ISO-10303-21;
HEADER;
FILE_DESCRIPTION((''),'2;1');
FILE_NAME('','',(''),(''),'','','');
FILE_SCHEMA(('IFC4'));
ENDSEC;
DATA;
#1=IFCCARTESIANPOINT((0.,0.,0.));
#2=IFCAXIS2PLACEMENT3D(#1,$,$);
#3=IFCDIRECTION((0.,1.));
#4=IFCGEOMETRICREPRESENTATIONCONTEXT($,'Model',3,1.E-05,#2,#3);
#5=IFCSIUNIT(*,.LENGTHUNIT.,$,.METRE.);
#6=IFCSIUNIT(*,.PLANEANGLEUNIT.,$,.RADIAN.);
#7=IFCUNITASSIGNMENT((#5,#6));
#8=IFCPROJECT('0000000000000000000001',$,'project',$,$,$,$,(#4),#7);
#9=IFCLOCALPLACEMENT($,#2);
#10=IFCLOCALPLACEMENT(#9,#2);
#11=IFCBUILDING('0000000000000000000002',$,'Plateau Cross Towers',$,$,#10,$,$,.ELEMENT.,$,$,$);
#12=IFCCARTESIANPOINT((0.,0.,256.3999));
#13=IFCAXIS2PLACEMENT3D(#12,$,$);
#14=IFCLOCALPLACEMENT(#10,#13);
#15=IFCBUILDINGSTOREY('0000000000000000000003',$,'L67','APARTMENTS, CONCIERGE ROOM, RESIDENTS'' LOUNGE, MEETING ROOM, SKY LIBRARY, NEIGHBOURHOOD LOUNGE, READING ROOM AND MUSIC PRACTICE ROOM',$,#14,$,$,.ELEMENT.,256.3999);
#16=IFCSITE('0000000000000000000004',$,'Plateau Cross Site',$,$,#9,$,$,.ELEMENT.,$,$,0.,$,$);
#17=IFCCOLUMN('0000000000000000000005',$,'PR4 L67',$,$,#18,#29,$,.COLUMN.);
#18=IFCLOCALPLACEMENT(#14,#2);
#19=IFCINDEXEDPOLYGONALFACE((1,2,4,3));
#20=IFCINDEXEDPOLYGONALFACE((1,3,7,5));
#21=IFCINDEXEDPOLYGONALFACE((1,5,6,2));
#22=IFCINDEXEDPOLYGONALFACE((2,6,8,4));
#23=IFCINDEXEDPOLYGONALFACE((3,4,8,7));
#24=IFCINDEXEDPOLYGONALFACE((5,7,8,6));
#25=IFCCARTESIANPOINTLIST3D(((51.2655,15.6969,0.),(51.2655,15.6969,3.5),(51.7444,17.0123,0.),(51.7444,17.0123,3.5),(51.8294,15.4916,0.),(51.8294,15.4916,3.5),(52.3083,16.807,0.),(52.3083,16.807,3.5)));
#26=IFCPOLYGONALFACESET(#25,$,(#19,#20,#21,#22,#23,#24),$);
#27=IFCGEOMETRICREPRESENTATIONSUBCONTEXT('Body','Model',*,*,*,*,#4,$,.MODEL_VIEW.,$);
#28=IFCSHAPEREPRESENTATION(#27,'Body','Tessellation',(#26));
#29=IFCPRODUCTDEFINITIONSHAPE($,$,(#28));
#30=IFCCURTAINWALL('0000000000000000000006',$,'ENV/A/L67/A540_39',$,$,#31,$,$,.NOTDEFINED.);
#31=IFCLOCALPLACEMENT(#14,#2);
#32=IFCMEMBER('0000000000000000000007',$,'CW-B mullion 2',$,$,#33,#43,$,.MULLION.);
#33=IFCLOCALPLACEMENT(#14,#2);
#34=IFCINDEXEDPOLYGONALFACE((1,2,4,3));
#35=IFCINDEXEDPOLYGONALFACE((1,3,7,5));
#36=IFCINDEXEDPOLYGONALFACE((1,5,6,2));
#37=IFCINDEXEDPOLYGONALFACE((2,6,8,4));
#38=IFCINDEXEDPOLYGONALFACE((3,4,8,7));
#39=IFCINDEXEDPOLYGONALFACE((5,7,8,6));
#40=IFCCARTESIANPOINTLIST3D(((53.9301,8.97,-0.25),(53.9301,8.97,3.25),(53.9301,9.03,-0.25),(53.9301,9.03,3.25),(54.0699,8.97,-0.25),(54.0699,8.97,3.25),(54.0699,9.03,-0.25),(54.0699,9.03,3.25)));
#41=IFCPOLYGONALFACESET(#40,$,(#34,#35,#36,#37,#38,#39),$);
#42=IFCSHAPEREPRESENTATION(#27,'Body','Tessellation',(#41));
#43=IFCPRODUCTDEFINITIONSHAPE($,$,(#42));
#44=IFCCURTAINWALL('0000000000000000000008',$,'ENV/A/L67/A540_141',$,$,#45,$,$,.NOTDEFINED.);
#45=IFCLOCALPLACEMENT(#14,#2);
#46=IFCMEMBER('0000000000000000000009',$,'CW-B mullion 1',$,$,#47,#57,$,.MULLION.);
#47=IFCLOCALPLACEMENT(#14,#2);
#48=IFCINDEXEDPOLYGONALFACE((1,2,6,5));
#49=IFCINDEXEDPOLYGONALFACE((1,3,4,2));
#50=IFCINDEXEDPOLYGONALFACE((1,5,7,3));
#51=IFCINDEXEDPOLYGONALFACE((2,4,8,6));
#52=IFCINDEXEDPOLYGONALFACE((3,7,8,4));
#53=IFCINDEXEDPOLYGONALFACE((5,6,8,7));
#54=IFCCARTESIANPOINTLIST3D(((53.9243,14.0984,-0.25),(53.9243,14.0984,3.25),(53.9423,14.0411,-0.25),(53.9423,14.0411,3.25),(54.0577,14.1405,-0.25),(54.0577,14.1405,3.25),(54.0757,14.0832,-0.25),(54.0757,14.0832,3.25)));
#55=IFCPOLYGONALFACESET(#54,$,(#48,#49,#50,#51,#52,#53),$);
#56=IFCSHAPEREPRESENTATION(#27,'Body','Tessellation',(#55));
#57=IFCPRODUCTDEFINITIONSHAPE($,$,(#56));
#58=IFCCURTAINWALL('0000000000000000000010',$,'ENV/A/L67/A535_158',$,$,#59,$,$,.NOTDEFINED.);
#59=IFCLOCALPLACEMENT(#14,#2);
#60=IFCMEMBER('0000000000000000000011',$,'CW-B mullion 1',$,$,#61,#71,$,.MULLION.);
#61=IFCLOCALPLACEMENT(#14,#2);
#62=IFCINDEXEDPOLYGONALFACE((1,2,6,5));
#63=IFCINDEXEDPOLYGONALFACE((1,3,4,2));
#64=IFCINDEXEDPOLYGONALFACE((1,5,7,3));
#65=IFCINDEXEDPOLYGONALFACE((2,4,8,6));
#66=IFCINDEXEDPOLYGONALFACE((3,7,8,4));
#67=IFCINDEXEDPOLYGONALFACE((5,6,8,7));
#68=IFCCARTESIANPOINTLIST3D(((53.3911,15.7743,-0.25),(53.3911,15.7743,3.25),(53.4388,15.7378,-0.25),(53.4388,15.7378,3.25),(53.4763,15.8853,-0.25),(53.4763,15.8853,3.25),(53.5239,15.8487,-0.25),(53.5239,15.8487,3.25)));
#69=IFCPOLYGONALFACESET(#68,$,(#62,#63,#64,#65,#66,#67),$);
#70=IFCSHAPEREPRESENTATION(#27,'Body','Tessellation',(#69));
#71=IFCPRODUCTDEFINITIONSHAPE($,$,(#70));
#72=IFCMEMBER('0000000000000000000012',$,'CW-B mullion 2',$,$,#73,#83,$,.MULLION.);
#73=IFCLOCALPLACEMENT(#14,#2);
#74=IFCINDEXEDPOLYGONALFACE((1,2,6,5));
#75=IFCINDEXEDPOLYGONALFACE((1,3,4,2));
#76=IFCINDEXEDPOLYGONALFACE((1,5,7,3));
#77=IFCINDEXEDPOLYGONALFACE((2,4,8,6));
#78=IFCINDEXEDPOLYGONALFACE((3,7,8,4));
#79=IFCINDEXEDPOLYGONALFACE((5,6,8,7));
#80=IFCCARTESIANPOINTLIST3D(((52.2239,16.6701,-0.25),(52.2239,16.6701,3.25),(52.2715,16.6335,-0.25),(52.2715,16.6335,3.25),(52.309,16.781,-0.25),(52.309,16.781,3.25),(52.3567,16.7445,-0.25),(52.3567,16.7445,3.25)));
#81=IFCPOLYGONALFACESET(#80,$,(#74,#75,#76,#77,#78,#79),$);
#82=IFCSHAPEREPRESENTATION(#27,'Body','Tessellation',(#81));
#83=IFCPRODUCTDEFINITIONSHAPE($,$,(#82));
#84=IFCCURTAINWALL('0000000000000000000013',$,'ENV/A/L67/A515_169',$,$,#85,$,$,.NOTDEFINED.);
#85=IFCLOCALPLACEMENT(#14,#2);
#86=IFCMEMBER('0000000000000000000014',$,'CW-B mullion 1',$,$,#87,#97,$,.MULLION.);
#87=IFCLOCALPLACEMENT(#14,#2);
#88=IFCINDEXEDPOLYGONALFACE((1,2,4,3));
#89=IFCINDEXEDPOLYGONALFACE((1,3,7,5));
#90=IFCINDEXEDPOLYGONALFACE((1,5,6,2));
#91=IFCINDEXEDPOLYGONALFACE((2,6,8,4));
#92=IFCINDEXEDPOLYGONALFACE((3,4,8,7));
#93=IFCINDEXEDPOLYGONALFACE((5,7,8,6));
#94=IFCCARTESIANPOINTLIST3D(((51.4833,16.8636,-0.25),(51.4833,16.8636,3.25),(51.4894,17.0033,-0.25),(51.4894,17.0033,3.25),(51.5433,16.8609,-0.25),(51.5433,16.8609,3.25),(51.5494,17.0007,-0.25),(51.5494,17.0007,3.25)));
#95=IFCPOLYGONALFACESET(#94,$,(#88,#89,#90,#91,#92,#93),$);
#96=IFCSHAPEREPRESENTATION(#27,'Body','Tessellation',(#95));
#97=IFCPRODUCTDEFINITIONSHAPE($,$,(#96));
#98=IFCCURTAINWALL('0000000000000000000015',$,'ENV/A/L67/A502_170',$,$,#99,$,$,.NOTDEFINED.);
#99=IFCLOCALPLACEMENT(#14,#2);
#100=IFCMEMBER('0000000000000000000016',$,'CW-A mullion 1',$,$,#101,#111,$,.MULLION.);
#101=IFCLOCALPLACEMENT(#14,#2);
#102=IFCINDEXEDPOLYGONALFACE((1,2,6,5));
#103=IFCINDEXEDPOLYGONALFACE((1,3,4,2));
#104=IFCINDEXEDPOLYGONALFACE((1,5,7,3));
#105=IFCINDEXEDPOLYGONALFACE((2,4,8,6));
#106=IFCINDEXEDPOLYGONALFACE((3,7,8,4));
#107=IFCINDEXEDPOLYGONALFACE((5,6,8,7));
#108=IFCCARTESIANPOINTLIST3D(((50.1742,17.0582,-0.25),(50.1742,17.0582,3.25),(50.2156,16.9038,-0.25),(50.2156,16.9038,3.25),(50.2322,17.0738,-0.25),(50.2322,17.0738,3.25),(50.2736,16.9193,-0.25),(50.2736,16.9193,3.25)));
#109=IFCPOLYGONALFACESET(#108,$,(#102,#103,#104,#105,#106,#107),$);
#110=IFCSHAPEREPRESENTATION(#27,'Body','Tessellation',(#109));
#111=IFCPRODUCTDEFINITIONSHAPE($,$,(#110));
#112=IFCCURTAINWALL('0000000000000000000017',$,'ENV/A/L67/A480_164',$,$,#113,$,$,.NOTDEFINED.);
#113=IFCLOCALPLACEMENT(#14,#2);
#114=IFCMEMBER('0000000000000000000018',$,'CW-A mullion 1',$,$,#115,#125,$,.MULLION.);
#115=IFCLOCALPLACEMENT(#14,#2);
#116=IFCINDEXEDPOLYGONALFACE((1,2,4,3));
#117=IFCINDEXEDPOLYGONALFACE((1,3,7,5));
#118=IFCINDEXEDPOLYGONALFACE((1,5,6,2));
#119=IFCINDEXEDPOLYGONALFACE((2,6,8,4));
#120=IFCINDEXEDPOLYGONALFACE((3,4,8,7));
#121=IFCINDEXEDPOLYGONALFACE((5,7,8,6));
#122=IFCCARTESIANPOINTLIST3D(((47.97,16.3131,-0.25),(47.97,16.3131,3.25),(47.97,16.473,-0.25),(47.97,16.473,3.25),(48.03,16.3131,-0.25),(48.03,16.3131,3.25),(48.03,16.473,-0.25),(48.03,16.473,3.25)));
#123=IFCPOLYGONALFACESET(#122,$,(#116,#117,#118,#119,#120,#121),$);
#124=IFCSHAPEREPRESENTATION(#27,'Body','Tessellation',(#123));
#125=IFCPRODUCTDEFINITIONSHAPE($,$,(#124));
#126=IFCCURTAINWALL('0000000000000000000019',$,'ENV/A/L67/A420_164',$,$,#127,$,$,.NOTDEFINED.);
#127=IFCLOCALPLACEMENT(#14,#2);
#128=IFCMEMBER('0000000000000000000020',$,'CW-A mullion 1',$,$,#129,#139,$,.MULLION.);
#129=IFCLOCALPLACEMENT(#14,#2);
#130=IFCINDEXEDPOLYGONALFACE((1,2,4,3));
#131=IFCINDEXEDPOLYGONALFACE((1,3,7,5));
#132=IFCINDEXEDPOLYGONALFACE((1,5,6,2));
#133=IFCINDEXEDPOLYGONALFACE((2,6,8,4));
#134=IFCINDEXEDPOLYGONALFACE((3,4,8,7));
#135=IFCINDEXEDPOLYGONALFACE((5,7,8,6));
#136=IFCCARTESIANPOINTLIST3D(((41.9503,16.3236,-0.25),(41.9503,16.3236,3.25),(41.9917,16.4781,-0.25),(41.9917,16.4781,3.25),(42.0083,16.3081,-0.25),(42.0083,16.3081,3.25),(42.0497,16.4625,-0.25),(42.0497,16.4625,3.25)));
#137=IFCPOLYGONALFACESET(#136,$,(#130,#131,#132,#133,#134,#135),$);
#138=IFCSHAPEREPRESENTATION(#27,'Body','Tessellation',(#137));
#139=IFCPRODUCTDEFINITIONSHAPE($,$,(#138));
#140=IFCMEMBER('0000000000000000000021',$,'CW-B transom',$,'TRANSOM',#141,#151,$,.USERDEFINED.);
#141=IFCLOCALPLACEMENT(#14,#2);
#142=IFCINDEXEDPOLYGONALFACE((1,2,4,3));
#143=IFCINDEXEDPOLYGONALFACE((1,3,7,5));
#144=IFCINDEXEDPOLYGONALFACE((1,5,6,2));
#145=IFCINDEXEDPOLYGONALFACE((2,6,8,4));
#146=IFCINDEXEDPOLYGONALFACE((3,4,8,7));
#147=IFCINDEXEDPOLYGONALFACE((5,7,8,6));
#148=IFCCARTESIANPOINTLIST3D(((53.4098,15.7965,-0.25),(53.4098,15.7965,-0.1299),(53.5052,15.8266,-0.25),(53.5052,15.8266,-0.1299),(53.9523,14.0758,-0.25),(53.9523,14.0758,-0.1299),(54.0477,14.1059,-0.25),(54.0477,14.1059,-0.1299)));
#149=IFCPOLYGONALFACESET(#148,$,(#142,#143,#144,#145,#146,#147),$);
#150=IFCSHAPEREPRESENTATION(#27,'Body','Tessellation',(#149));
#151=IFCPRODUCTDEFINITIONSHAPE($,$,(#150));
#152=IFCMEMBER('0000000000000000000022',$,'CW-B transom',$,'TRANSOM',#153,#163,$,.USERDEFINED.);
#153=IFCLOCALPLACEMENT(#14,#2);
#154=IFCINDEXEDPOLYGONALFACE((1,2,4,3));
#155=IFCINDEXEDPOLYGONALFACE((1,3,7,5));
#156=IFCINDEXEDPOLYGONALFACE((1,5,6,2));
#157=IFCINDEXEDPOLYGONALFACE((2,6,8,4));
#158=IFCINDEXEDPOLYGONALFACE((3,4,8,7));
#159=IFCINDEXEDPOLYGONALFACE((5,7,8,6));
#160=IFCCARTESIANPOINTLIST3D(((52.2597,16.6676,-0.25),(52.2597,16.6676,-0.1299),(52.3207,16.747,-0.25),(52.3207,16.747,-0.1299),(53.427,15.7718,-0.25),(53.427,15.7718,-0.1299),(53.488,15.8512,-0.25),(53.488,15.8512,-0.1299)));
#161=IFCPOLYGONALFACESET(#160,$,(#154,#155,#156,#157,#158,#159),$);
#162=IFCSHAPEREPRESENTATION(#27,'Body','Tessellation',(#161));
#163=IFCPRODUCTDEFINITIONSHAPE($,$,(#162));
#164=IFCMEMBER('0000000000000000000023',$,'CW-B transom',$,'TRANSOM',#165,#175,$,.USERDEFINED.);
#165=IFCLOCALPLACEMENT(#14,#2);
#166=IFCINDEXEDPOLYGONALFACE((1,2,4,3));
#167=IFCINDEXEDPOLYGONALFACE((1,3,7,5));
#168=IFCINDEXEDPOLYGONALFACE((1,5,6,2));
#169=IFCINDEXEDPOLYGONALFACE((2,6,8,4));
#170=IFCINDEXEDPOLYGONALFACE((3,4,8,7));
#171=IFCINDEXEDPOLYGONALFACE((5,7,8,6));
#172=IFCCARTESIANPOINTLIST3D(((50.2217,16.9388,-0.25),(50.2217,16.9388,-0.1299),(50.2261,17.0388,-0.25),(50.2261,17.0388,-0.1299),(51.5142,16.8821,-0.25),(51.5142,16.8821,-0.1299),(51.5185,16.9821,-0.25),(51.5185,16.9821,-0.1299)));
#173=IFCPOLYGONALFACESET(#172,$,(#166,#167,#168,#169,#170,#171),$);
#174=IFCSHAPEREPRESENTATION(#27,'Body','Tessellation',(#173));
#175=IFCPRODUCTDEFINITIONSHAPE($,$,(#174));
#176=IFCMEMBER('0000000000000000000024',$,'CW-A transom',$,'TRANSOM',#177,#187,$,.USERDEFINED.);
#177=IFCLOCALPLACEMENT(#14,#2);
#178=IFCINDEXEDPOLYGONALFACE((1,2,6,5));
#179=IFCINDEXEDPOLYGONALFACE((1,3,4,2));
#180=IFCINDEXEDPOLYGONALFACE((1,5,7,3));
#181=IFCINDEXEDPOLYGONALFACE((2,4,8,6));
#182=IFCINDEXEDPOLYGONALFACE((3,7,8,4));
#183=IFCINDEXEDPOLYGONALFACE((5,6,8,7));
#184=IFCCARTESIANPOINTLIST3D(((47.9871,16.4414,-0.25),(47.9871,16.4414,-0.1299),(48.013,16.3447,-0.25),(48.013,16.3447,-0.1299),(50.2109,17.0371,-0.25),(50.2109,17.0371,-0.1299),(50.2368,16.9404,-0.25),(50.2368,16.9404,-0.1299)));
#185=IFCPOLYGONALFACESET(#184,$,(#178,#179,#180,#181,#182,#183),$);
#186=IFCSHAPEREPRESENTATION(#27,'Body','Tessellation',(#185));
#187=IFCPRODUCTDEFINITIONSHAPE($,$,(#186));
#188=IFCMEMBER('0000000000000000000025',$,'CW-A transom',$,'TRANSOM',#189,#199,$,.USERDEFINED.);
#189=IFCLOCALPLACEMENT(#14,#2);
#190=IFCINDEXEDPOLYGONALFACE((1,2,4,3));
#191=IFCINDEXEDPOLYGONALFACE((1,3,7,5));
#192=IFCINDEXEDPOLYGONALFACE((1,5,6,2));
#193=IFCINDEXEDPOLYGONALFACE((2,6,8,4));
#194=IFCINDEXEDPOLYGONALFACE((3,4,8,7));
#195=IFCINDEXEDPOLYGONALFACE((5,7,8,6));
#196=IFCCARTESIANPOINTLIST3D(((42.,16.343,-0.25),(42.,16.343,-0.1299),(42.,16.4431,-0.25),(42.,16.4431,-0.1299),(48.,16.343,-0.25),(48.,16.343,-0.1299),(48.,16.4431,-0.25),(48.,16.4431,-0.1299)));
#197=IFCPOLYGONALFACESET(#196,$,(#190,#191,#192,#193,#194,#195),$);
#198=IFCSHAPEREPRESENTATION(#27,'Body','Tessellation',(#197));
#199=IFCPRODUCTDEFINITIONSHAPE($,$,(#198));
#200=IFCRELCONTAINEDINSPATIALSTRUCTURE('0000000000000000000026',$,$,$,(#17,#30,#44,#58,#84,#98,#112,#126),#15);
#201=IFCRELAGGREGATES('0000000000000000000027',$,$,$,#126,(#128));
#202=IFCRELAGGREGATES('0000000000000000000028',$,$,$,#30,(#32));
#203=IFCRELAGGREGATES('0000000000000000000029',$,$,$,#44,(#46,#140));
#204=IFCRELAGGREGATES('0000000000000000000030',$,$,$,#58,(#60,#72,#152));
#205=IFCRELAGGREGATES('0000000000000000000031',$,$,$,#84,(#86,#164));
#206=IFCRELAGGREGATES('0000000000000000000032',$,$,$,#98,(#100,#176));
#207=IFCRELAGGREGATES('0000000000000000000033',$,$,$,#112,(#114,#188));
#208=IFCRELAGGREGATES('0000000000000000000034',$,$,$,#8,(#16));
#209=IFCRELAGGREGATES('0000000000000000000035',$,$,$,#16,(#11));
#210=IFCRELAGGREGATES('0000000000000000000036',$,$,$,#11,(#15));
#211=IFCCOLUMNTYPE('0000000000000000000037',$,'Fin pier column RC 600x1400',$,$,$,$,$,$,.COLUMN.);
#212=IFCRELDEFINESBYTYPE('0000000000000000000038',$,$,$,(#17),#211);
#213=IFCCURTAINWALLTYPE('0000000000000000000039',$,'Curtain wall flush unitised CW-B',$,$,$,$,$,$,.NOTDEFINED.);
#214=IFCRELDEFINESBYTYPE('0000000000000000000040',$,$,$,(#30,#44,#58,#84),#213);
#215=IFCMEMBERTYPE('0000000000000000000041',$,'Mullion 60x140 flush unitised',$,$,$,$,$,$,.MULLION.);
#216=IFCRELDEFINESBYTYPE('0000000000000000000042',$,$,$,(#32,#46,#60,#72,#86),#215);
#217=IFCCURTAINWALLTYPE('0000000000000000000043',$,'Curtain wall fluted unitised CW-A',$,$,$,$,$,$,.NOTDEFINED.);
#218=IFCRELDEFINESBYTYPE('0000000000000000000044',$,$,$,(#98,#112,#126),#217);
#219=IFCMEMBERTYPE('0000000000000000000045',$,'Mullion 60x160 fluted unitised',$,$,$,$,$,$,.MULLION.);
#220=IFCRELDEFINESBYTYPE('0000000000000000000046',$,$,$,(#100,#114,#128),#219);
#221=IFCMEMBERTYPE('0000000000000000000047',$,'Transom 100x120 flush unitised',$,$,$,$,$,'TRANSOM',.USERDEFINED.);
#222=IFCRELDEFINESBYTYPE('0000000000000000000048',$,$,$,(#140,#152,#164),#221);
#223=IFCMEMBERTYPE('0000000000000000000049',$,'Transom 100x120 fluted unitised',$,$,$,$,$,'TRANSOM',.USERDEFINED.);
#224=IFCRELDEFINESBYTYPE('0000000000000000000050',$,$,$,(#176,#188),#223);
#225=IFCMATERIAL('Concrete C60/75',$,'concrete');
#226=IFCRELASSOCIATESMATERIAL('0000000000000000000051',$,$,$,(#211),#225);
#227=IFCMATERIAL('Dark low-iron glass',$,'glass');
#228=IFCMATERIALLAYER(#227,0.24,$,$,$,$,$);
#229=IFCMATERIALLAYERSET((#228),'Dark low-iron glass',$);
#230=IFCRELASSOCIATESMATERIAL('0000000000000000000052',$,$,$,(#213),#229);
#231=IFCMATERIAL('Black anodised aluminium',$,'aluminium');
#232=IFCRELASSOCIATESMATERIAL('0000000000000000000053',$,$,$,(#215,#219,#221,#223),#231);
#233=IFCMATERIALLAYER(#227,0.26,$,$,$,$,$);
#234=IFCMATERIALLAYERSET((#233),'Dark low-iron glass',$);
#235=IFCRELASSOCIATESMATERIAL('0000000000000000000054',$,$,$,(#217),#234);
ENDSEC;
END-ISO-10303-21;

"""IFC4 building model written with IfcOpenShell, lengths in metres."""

from ifc_helpers import new_model, si_unit, direction, frame, origin, origin_2d, place, context, subcontext, project, spatial, rectangle, extrude, material, layer, layer_set, material_profile, profile_set, type_object, element, aggregate, save


model = new_model("IFC4")

# Units and contexts
model_context = context("Model", 3, precision=1e-05, world=origin(), true_north=direction((0.0, 1.0)))
body_context = subcontext(model_context, "Body", "Model", "MODEL_VIEW")
ifc_project = project(units=[si_unit("LENGTHUNIT", "METRE"), si_unit("PLANEANGLEUNIT", "RADIAN")], contexts=[model_context])

# Site, building, storey
site_placement = place(None, origin())
site = spatial("IfcSite", under=ifc_project, at=site_placement, Name="Plateau Cross Site", CompositionType="ELEMENT", RefElevation=0.0)
building_placement = place(site_placement, origin())
building = spatial("IfcBuilding", under=site, at=building_placement, Name="Plateau Cross Towers", CompositionType="ELEMENT")
storey_placement = place(building_placement, frame((0.0, 0.0, 256.3999)))
storey = spatial("IfcBuildingStorey", under=building, at=storey_placement, Name="L67", Description="APARTMENTS, CONCIERGE ROOM, RESIDENTS' LOUNGE, MEETING ROOM, SKY LIBRARY, NEIGHBOURHOOD LOUNGE, READING ROOM AND MUSIC PRACTICE ROOM", CompositionType="ELEMENT", Elevation=256.3999)

# Column
ifc_material_1 = material(Name="Concrete C60/75", Category="concrete")
ifc_material_profile_1 = material_profile(ifc_material_1, rectangle(XDim=0.6001, YDim=1.3999, at=origin_2d()), Name="RC 600x1400")
ifc_profile_set_1 = profile_set([ifc_material_profile_1], Name="Concrete C60/75")
column_type = type_object("IfcColumnType", Name="Fin pier column RC 600x1400", PredefinedType="COLUMN", material=ifc_profile_set_1)
column_placement = place(storey_placement, frame((51.7869, 16.252, 0.0), z_axis=(0.0, 0.0, 1.0), x_axis=(-0.939664, 0.342098, 0.0)))
element("IfcColumn", 1, at=column_placement, inside=storey, type_object=column_type, Name="PR4 L67", PredefinedType="COLUMN", context=body_context, shape_type="SweptSolid", body=[
    extrude(rectangle(XDim=0.6001, YDim=1.3999, at=origin_2d()), origin(), (0.0, 0.0, 1.0), 3.5),
])

# Curtain walls, members
ifc_material_2 = material(Name="Dark low-iron glass", Category="glass")
ifc_layer_1 = layer(ifc_material_2, 0.24)
ifc_layer_set_1 = layer_set([ifc_layer_1], Name="Dark low-iron glass")
curtain_wall_type_1 = type_object("IfcCurtainWallType", Name="Curtain wall flush unitised CW-B", PredefinedType="NOTDEFINED", material=ifc_layer_set_1)
curtain_wall_1_placement = place(storey_placement, origin())
curtain_wall_1 = element("IfcCurtainWall", 2, at=curtain_wall_1_placement, inside=storey, type_object=curtain_wall_type_1, Name="ENV/A/L67/A540_39", PredefinedType="NOTDEFINED")
ifc_material_3 = material(Name="Black anodised aluminium", Category="aluminium")
ifc_material_profile_2 = material_profile(ifc_material_3, rectangle(XDim=0.0601, YDim=0.1399, at=origin_2d()), Name="MULLION 60x140")
ifc_profile_set_2 = profile_set([ifc_material_profile_2], Name="Black anodised aluminium")
member_type_1 = type_object("IfcMemberType", Name="Mullion 60x140 flush unitised", PredefinedType="MULLION", material=ifc_profile_set_2)
member_1_placement = place(storey_placement, frame((54.0, 9.0, -0.25), z_axis=(0.0, 0.0, 1.0), x_axis=(0.0, 1.0, 0.0)))
member_1 = element("IfcMember", 3, at=member_1_placement, type_object=member_type_1, Name="CW-B mullion 2", PredefinedType="MULLION", context=body_context, shape_type="SweptSolid", body=[
    extrude(rectangle(XDim=0.0601, YDim=0.1399, at=origin_2d()), origin(), (0.0, 0.0, 1.0), 3.5),
])
curtain_wall_2_placement = place(storey_placement, origin())
curtain_wall_2 = element("IfcCurtainWall", 4, at=curtain_wall_2_placement, inside=storey, type_object=curtain_wall_type_1, Name="ENV/A/L67/A540_141", PredefinedType="NOTDEFINED")
member_2_placement = place(storey_placement, frame((54.0, 14.0908, -0.25), z_axis=(0.0, 0.0, 1.0), x_axis=(-0.300686, 0.953723, 0.0)))
member_2 = element("IfcMember", 5, at=member_2_placement, type_object=member_type_1, Name="CW-B mullion 1", PredefinedType="MULLION", context=body_context, shape_type="SweptSolid", body=[
    extrude(rectangle(XDim=0.0601, YDim=0.1399, at=origin_2d()), origin(), (0.0, 0.0, 1.0), 3.5),
])

# Curtain wall, members
curtain_wall_3_placement = place(storey_placement, origin())
curtain_wall_3 = element("IfcCurtainWall", 6, at=curtain_wall_3_placement, inside=storey, type_object=curtain_wall_type_1, Name="ENV/A/L67/A535_158", PredefinedType="NOTDEFINED")
member_3_placement = place(storey_placement, frame((53.4575, 15.8115, -0.25), z_axis=(0.0, 0.0, 1.0), x_axis=(-0.793316, 0.608811, 0.0)))
member_3 = element("IfcMember", 7, at=member_3_placement, type_object=member_type_1, Name="CW-B mullion 1", PredefinedType="MULLION", context=body_context, shape_type="SweptSolid", body=[
    extrude(rectangle(XDim=0.0601, YDim=0.1399, at=origin_2d()), origin(), (0.0, 0.0, 1.0), 3.5),
])
member_4_placement = place(storey_placement, frame((52.2903, 16.7073, -0.25), z_axis=(0.0, 0.0, 1.0), x_axis=(-0.793316, 0.608811, 0.0)))
member_4 = element("IfcMember", 8, at=member_4_placement, type_object=member_type_1, Name="CW-B mullion 2", PredefinedType="MULLION", context=body_context, shape_type="SweptSolid", body=[
    extrude(rectangle(XDim=0.0601, YDim=0.1399, at=origin_2d()), origin(), (0.0, 0.0, 1.0), 3.5),
])

# Curtain walls, members
curtain_wall_4_placement = place(storey_placement, origin())
curtain_wall_4 = element("IfcCurtainWall", 9, at=curtain_wall_4_placement, inside=storey, type_object=curtain_wall_type_1, Name="ENV/A/L67/A515_169", PredefinedType="NOTDEFINED")
member_5_placement = place(storey_placement, frame((51.5164, 16.9321, -0.25), z_axis=(0.0, 0.0, 1.0), x_axis=(-0.999044, 0.043723, 0.0)))
member_5 = element("IfcMember", 10, at=member_5_placement, type_object=member_type_1, Name="CW-B mullion 1", PredefinedType="MULLION", context=body_context, shape_type="SweptSolid", body=[
    extrude(rectangle(XDim=0.0601, YDim=0.1399, at=origin_2d()), origin(), (0.0, 0.0, 1.0), 3.5),
])
ifc_layer_2 = layer(ifc_material_2, 0.26)
ifc_layer_set_2 = layer_set([ifc_layer_2], Name="Dark low-iron glass")
curtain_wall_type_2 = type_object("IfcCurtainWallType", Name="Curtain wall fluted unitised CW-A", PredefinedType="NOTDEFINED", material=ifc_layer_set_2)
curtain_wall_5_placement = place(storey_placement, origin())
curtain_wall_5 = element("IfcCurtainWall", 11, at=curtain_wall_5_placement, inside=storey, type_object=curtain_wall_type_2, Name="ENV/A/L67/A502_170", PredefinedType="NOTDEFINED")
ifc_material_profile_3 = material_profile(ifc_material_3, rectangle(XDim=0.0601, YDim=0.1599, at=origin_2d()), Name="MULLION 60x160")
ifc_profile_set_3 = profile_set([ifc_material_profile_3], Name="Black anodised aluminium")
member_type_2 = type_object("IfcMemberType", Name="Mullion 60x160 fluted unitised", PredefinedType="MULLION", material=ifc_profile_set_3)
member_6_placement = place(storey_placement, frame((50.2239, 16.9888, -0.25), z_axis=(0.0, 0.0, 1.0), x_axis=(-0.965958, -0.258699, 0.0)))
member_6 = element("IfcMember", 12, at=member_6_placement, type_object=member_type_2, Name="CW-A mullion 1", PredefinedType="MULLION", context=body_context, shape_type="SweptSolid", body=[
    extrude(rectangle(XDim=0.0601, YDim=0.1599, at=origin_2d()), origin(), (0.0, 0.0, 1.0), 3.5),
])
curtain_wall_6_placement = place(storey_placement, origin())
curtain_wall_6 = element("IfcCurtainWall", 13, at=curtain_wall_6_placement, inside=storey, type_object=curtain_wall_type_2, Name="ENV/A/L67/A480_164", PredefinedType="NOTDEFINED")
member_7_placement = place(storey_placement, frame((48.0, 16.3931, -0.25), z_axis=(0.0, 0.0, 1.0), x_axis=(-1.0, 0.0, 0.0)))
member_7 = element("IfcMember", 14, at=member_7_placement, type_object=member_type_2, Name="CW-A mullion 1", PredefinedType="MULLION", context=body_context, shape_type="SweptSolid", body=[
    extrude(rectangle(XDim=0.0601, YDim=0.1599, at=origin_2d()), origin(), (0.0, 0.0, 1.0), 3.5),
])
curtain_wall_7_placement = place(storey_placement, origin())
curtain_wall_7 = element("IfcCurtainWall", 15, at=curtain_wall_7_placement, inside=storey, type_object=curtain_wall_type_2, Name="ENV/A/L67/A420_164", PredefinedType="NOTDEFINED")
member_8_placement = place(storey_placement, frame((42.0, 16.3931, -0.25), z_axis=(0.0, 0.0, 1.0), x_axis=(-0.965958, 0.258699, 0.0)))
member_8 = element("IfcMember", 16, at=member_8_placement, type_object=member_type_2, Name="CW-A mullion 1", PredefinedType="MULLION", context=body_context, shape_type="SweptSolid", body=[
    extrude(rectangle(XDim=0.0601, YDim=0.1599, at=origin_2d()), origin(), (0.0, 0.0, 1.0), 3.5),
])

# Members
ifc_material_profile_4 = material_profile(ifc_material_3, rectangle(XDim=0.1001, YDim=0.1201, at=origin_2d()), Name="TRANSOM 100x120")
ifc_profile_set_4 = profile_set([ifc_material_profile_4], Name="Black anodised aluminium")
member_type_3 = type_object("IfcMemberType", Name="Transom 100x120 flush unitised", ElementType="TRANSOM", PredefinedType="USERDEFINED", material=ifc_profile_set_4)
member_9_placement = place(storey_placement, frame((54.0, 14.0908, -0.1899), z_axis=(-0.300678, 0.953726, 0.0), x_axis=(-0.953726, -0.300678, 0.0)))
member_9 = element("IfcMember", 17, at=member_9_placement, type_object=member_type_3, Name="CW-B transom", ObjectType="TRANSOM", PredefinedType="USERDEFINED", context=body_context, shape_type="SweptSolid", body=[
    extrude(rectangle(XDim=0.1001, YDim=0.1201, at=origin_2d()), origin(), (0.0, 0.0, 1.0), 1.8042),
])
member_10_placement = place(storey_placement, frame((53.4575, 15.8115, -0.1899), z_axis=(-0.793321, 0.608804, 0.0), x_axis=(-0.608804, -0.793321, 0.0)))
member_10 = element("IfcMember", 18, at=member_10_placement, type_object=member_type_3, Name="CW-B transom", ObjectType="TRANSOM", PredefinedType="USERDEFINED", context=body_context, shape_type="SweptSolid", body=[
    extrude(rectangle(XDim=0.1001, YDim=0.1201, at=origin_2d()), origin(), (0.0, 0.0, 1.0), 1.4714),
])
member_11_placement = place(storey_placement, frame((51.5164, 16.9321, -0.1899), z_axis=(-0.999041, 0.043781, 0.0), x_axis=(-0.043781, -0.999041, 0.0)))
member_11 = element("IfcMember", 19, at=member_11_placement, type_object=member_type_3, Name="CW-B transom", ObjectType="TRANSOM", PredefinedType="USERDEFINED", context=body_context, shape_type="SweptSolid", body=[
    extrude(rectangle(XDim=0.1001, YDim=0.1201, at=origin_2d()), origin(), (0.0, 0.0, 1.0), 1.2937),
])
ifc_material_profile_5 = material_profile(ifc_material_3, rectangle(XDim=0.1001, YDim=0.1201, at=origin_2d()), Name="TRANSOM 100x120")
ifc_profile_set_5 = profile_set([ifc_material_profile_5], Name="Black anodised aluminium")
member_type_4 = type_object("IfcMemberType", Name="Transom 100x120 fluted unitised", ElementType="TRANSOM", PredefinedType="USERDEFINED", material=ifc_profile_set_5)
member_12_placement = place(storey_placement, frame((50.2239, 16.9888, -0.1899), z_axis=(-0.965946, -0.258745, 0.0), x_axis=(0.258745, -0.965946, 0.0)))
member_12 = element("IfcMember", 20, at=member_12_placement, type_object=member_type_4, Name="CW-A transom", ObjectType="TRANSOM", PredefinedType="USERDEFINED", context=body_context, shape_type="SweptSolid", body=[
    extrude(rectangle(XDim=0.1001, YDim=0.1201, at=origin_2d()), origin(), (0.0, 0.0, 1.0), 2.3022),
])
member_13_placement = place(storey_placement, frame((48.0, 16.3931, -0.1899), z_axis=(-1.0, 0.0, 0.0), x_axis=(0.0, -1.0, 0.0)))
member_13 = element("IfcMember", 21, at=member_13_placement, type_object=member_type_4, Name="CW-A transom", ObjectType="TRANSOM", PredefinedType="USERDEFINED", context=body_context, shape_type="SweptSolid", body=[
    extrude(rectangle(XDim=0.1001, YDim=0.1201, at=origin_2d()), origin(), (0.0, 0.0, 1.0), 6.0),
])
aggregate(curtain_wall_7, [member_8])

aggregate(curtain_wall_1, [member_1])
aggregate(curtain_wall_2, [member_2, member_9])
aggregate(curtain_wall_3, [member_3, member_4, member_10])
aggregate(curtain_wall_4, [member_5, member_11])
aggregate(curtain_wall_5, [member_6, member_12])
aggregate(curtain_wall_6, [member_7, member_13])

save(model, "model.ifc")
